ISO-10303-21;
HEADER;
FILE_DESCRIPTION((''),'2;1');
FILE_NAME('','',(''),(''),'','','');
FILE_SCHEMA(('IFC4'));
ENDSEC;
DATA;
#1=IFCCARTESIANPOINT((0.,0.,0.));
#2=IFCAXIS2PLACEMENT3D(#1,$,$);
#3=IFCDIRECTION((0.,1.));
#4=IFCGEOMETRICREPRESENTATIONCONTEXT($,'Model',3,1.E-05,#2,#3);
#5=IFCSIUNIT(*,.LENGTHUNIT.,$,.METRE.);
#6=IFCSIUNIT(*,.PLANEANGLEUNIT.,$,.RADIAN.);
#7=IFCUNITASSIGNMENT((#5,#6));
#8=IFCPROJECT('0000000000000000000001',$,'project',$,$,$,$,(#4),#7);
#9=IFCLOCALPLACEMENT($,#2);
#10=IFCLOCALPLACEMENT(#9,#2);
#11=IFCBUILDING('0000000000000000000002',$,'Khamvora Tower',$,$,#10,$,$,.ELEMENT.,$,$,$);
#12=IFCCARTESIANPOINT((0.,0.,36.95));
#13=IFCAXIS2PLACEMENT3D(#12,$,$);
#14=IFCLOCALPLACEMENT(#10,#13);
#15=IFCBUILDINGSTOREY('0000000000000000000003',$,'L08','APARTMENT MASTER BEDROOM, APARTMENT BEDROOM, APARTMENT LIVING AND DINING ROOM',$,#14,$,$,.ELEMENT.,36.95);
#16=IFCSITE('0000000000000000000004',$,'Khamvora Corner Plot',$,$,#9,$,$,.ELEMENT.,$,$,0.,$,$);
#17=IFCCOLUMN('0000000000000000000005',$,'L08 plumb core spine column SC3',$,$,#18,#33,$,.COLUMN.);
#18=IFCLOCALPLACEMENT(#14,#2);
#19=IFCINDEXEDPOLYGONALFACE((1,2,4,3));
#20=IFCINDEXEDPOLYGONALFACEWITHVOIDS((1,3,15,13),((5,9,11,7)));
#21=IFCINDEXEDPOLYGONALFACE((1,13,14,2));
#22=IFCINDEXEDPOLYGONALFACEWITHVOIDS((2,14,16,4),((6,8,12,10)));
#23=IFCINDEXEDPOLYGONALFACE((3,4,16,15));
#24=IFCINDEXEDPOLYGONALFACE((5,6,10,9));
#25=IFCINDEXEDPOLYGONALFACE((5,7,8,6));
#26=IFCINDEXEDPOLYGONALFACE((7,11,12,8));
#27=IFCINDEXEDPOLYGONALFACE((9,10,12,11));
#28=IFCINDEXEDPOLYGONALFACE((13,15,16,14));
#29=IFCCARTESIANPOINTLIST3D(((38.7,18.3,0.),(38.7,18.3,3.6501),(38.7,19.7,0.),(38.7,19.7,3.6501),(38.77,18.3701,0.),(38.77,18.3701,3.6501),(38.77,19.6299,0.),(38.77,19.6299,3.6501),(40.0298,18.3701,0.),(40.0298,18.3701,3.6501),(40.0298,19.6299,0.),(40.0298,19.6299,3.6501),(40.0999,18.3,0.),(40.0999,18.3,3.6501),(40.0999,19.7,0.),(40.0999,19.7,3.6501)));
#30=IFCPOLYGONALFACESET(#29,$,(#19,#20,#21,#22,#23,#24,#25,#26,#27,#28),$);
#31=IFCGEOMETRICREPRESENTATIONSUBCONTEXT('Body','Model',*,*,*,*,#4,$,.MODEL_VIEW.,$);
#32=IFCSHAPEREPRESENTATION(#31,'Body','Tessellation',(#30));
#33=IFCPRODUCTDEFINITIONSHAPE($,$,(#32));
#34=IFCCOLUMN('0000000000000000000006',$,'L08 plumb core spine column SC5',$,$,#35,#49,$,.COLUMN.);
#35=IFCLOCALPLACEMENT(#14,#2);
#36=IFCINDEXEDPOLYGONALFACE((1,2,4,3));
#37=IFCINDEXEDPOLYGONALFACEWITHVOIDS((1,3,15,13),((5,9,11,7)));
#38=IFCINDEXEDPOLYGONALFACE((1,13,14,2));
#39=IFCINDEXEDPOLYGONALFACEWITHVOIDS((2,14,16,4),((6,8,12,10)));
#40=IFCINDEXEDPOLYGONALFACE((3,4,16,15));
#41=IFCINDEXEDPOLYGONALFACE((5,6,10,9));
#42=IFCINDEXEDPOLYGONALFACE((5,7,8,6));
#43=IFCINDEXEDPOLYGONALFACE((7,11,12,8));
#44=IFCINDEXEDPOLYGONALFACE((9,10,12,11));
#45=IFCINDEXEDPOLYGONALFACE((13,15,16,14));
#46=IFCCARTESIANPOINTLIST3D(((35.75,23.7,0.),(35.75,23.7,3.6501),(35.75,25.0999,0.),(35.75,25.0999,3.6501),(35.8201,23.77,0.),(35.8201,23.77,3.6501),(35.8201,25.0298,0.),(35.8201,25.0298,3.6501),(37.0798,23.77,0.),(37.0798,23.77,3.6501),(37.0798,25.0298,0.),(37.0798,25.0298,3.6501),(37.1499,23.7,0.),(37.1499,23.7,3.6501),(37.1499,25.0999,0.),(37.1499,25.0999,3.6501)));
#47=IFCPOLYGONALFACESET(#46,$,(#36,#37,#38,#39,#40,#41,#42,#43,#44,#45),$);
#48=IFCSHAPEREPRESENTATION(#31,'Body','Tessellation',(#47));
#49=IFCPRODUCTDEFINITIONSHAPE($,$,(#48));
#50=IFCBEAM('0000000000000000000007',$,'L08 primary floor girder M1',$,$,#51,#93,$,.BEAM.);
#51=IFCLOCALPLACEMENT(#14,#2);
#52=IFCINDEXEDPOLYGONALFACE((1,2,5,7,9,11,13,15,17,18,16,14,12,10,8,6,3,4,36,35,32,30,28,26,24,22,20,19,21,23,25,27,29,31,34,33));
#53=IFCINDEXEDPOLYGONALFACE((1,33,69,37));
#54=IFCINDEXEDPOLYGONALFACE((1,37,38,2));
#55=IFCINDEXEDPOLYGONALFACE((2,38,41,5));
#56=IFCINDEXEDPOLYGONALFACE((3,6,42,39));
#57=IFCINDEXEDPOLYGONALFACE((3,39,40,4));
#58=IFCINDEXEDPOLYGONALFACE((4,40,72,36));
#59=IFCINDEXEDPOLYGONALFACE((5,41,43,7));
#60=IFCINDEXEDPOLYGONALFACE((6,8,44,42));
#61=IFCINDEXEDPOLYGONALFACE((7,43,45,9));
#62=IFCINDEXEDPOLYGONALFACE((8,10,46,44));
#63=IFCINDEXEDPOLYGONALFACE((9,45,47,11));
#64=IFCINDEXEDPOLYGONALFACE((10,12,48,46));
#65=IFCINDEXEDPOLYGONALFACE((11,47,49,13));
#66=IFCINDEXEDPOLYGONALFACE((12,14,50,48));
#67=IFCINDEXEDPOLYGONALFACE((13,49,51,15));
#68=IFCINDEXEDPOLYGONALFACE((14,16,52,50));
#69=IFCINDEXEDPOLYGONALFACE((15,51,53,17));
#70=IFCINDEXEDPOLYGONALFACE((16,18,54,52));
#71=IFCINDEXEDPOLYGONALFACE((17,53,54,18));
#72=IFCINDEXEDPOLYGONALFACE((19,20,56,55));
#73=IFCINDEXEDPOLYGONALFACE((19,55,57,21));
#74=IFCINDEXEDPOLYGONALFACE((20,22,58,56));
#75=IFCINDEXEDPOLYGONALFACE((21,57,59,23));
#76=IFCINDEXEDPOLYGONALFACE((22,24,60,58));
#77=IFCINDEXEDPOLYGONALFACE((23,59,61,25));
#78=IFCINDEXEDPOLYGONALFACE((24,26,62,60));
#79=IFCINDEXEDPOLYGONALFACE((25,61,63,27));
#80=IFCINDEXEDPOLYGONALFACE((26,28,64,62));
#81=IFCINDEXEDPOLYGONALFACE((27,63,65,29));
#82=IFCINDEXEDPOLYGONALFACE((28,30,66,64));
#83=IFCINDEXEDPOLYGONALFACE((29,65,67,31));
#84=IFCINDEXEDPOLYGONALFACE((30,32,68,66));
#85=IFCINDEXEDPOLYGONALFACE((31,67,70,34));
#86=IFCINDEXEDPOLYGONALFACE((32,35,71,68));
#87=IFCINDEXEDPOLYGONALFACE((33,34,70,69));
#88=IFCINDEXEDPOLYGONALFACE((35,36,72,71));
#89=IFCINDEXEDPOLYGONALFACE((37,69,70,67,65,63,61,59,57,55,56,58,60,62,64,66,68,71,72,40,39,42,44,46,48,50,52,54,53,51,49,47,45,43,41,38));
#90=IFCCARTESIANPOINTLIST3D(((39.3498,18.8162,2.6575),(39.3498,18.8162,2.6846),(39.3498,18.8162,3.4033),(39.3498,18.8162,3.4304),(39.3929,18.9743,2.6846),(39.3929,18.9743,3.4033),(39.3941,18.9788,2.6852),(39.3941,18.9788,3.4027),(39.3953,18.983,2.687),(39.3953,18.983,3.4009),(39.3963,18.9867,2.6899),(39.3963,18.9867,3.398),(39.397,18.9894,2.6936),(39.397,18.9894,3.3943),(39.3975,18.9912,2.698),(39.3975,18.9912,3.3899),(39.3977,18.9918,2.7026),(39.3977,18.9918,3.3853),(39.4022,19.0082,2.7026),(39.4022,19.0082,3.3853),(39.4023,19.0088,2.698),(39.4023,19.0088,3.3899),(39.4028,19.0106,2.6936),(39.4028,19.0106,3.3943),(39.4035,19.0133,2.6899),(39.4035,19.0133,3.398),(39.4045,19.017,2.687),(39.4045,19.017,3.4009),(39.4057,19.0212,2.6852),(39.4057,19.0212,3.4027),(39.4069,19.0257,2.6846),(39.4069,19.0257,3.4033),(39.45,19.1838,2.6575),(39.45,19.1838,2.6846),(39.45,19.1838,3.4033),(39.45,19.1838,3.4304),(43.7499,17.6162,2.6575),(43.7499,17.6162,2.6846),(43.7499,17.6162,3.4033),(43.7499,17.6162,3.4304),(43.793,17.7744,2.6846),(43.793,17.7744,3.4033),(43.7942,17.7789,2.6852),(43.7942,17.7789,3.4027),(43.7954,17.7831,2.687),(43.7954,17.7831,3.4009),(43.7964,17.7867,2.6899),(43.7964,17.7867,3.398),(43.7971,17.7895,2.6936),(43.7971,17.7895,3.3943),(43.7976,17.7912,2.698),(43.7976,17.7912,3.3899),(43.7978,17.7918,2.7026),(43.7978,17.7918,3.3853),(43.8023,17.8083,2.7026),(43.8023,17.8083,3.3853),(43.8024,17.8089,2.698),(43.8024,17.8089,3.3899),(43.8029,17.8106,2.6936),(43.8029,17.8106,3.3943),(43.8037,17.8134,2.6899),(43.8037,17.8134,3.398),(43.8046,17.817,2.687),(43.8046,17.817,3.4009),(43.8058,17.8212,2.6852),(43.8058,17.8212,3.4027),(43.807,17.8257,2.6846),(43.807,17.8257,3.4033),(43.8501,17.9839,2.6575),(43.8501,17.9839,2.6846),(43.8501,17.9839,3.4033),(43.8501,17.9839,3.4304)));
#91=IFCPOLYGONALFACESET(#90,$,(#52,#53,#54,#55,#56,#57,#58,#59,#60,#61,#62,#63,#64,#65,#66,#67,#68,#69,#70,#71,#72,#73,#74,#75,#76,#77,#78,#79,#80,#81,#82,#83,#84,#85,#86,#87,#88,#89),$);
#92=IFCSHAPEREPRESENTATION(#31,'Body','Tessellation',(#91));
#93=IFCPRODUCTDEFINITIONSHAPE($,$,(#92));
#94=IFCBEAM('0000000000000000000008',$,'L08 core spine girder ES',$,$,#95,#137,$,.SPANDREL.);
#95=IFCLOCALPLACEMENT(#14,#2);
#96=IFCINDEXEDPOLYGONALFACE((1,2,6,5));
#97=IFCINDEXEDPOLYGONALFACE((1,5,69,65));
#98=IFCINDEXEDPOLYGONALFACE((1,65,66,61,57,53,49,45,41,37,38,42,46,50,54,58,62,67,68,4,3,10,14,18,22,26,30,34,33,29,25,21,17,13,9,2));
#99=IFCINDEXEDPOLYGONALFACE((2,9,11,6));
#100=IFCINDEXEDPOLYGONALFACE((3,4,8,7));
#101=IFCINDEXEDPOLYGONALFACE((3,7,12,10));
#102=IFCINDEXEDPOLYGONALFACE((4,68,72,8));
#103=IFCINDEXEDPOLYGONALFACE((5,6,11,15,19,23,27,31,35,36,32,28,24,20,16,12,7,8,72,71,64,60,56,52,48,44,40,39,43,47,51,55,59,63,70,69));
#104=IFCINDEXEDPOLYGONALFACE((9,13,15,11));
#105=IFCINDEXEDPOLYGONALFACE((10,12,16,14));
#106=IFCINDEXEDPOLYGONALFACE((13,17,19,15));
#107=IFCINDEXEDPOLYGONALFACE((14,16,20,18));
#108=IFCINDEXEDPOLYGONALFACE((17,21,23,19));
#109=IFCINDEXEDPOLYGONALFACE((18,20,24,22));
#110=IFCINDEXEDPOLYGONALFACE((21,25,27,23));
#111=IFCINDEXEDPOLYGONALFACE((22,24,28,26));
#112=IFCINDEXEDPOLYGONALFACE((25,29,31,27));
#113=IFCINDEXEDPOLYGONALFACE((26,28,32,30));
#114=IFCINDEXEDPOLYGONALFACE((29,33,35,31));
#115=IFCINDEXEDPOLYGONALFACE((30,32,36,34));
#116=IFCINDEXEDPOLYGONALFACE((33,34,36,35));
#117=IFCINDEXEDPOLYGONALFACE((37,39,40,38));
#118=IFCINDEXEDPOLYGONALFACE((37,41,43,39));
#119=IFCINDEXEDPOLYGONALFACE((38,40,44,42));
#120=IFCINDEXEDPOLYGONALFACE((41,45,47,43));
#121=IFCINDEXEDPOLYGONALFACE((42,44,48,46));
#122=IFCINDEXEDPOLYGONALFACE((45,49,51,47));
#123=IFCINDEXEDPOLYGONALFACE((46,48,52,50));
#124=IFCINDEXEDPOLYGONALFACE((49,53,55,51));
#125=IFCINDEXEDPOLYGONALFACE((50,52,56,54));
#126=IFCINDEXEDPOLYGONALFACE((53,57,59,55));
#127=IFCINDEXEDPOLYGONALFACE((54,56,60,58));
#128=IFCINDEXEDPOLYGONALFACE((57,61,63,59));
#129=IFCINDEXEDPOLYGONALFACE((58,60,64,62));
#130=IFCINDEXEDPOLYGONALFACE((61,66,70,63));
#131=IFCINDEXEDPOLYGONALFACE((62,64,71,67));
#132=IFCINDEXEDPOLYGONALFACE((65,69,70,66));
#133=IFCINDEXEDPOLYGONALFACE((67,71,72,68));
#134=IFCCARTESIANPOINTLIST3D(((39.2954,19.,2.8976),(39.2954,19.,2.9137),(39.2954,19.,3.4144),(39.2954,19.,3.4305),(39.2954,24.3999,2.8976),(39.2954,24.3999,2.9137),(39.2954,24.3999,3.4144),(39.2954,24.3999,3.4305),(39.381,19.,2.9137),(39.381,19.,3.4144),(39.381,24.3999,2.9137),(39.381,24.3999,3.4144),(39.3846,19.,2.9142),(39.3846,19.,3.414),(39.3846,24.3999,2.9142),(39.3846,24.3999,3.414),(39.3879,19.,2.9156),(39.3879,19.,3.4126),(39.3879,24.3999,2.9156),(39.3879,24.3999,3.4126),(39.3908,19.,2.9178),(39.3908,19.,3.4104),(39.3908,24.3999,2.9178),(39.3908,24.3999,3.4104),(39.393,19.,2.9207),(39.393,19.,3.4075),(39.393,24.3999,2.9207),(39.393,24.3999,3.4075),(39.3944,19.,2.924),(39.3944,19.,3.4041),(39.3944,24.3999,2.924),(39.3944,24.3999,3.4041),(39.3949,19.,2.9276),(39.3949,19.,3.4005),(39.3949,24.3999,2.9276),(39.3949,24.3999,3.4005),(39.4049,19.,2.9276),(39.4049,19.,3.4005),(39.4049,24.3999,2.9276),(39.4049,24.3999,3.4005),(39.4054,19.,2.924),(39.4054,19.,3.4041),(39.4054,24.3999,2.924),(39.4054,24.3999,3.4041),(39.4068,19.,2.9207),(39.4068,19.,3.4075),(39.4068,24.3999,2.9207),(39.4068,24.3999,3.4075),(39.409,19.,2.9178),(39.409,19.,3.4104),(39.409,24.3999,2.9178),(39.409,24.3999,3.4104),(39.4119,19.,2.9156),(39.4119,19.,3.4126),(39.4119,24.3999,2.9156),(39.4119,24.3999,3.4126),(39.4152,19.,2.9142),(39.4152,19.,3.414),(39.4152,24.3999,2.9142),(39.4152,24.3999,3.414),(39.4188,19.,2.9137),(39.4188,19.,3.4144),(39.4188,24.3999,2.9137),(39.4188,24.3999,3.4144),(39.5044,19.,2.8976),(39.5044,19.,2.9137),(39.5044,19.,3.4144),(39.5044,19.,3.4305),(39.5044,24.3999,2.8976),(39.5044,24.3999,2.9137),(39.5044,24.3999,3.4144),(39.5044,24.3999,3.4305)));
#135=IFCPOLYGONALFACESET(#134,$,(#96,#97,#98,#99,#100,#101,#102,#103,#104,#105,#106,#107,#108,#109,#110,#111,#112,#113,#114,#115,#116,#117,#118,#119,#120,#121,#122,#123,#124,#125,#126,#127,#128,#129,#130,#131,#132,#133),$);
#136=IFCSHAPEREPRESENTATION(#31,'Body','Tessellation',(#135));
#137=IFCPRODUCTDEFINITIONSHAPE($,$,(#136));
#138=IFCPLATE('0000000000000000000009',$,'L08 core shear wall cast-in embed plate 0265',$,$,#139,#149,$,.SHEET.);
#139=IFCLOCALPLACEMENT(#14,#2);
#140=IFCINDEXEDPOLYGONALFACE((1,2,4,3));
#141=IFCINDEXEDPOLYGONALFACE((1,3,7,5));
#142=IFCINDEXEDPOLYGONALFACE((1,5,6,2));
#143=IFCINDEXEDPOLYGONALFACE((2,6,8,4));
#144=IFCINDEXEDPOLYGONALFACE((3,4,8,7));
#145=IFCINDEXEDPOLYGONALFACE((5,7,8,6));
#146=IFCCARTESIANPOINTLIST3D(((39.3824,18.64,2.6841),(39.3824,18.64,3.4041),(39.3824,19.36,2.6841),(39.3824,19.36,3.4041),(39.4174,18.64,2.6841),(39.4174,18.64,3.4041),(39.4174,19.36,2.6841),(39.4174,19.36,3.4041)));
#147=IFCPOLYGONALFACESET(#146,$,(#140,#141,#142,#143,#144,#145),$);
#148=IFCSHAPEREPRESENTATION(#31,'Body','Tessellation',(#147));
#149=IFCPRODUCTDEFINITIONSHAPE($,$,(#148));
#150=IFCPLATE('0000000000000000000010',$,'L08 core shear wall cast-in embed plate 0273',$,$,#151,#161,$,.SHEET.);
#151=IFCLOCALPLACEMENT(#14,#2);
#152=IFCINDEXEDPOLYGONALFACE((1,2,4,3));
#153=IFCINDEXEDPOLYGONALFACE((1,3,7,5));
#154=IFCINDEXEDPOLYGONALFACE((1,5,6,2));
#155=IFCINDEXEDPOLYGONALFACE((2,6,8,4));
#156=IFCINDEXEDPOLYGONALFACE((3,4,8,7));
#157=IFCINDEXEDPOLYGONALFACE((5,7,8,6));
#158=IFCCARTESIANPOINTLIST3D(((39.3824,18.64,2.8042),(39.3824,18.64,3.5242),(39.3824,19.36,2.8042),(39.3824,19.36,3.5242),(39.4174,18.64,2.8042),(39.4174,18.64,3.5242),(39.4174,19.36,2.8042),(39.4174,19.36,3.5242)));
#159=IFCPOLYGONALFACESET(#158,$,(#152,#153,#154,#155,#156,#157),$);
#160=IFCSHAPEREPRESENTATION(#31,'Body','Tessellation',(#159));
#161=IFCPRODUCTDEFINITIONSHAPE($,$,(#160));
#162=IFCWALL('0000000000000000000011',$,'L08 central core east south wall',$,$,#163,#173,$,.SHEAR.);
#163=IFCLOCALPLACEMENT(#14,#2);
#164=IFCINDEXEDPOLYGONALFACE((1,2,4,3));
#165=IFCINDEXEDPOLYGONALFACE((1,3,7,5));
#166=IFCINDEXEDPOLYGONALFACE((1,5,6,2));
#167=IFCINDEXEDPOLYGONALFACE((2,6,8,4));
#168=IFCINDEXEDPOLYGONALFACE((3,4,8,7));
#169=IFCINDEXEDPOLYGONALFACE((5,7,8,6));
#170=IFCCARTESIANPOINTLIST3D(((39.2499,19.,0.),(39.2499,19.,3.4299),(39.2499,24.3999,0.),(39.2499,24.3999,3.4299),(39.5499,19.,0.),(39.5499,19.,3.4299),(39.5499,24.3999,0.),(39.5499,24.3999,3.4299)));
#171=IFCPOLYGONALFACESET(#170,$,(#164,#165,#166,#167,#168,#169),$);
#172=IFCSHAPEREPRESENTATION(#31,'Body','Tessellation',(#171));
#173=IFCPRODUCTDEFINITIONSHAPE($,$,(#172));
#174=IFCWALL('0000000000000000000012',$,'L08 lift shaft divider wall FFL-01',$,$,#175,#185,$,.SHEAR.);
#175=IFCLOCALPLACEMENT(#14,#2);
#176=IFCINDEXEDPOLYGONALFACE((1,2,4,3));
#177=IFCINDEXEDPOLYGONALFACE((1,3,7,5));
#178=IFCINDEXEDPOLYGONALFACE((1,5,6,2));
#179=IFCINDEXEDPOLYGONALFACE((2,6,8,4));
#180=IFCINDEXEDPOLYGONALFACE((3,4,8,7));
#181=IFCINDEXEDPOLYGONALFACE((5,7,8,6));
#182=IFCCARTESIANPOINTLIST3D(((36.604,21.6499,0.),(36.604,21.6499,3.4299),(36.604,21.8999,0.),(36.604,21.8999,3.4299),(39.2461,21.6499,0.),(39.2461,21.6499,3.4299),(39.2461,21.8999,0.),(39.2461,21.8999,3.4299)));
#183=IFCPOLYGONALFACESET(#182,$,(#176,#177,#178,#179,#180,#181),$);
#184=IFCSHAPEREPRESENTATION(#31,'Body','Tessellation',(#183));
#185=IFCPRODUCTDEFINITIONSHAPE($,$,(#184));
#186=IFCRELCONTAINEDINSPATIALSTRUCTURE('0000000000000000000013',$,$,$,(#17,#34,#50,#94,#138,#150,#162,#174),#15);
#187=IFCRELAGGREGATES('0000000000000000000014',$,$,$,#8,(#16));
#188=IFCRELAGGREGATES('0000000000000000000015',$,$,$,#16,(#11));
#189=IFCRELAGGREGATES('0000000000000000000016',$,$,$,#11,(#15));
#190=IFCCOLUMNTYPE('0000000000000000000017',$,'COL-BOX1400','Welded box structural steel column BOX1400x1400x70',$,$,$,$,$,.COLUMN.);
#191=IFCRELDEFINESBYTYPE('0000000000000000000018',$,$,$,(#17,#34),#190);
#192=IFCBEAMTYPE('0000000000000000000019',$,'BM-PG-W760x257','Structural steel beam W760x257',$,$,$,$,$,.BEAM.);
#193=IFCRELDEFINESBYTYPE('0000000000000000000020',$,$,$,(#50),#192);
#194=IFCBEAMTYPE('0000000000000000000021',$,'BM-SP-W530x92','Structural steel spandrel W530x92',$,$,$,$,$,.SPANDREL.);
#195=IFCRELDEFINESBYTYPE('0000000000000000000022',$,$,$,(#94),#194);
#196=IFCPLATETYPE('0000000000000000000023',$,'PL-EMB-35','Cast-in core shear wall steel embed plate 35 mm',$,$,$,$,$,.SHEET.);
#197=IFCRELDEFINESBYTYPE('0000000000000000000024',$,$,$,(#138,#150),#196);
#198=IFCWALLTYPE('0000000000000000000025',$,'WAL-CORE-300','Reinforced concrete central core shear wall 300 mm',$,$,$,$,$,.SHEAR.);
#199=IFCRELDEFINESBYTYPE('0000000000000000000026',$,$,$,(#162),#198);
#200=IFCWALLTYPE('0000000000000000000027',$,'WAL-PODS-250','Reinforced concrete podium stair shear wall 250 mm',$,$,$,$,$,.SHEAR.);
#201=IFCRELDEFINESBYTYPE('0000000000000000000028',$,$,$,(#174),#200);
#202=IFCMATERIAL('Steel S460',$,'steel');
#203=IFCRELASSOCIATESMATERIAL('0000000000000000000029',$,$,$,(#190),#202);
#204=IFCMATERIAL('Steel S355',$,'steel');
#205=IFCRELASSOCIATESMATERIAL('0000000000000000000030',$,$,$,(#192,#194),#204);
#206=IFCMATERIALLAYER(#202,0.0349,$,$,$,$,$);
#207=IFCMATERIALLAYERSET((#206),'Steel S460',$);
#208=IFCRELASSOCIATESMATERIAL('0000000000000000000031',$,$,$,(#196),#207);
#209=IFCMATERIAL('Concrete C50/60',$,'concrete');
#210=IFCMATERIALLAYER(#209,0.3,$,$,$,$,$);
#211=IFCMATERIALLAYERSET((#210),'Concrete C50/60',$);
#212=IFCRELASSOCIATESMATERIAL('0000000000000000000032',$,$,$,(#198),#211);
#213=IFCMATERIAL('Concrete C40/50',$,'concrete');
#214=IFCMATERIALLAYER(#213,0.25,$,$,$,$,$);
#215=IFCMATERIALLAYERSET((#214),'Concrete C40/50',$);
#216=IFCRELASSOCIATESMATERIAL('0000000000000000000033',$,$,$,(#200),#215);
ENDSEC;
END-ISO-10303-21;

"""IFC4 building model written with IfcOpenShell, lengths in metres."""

from ifc_helpers import new_model, si_unit, direction, frame, frame_2d, origin, origin_2d, place, context, subcontext, project, spatial, rectangle, hollow_rectangle, i_section, extrude, material, layer, layer_set, material_profile, profile_set, type_object, element, save


model = new_model("IFC4")

# Units and contexts
model_context = context("Model", 3, precision=1e-05, world=origin(), true_north=direction((0.0, 1.0)))
body_context = subcontext(model_context, "Body", "Model", "MODEL_VIEW")
ifc_project = project(units=[si_unit("LENGTHUNIT", "METRE"), si_unit("PLANEANGLEUNIT", "RADIAN")], contexts=[model_context])

# Site, building, storey
site_placement = place(None, origin())
site = spatial("IfcSite", under=ifc_project, at=site_placement, Name="Khamvora Corner Plot", CompositionType="ELEMENT", RefElevation=0.0)
building_placement = place(site_placement, origin())
building = spatial("IfcBuilding", under=site, at=building_placement, Name="Khamvora Tower", CompositionType="ELEMENT")
storey_placement = place(building_placement, frame((0.0, 0.0, 36.95)))
storey = spatial("IfcBuildingStorey", under=building, at=storey_placement, Name="L08", Description="APARTMENT MASTER BEDROOM, APARTMENT BEDROOM, APARTMENT LIVING AND DINING ROOM", CompositionType="ELEMENT", Elevation=36.95)

# Columns
ifc_material_1 = material(Name="Steel S460", Category="steel")
ifc_material_profile_1 = material_profile(ifc_material_1, hollow_rectangle(XDim=1.3999, YDim=1.3999, WallThickness=0.0701, at=origin_2d()), Name="BOX1400x1400x70")
ifc_profile_set_1 = profile_set([ifc_material_profile_1], Name="Steel S460")
column_type = type_object("IfcColumnType", Name="COL-BOX1400", Description="Welded box structural steel column BOX1400x1400x70", PredefinedType="COLUMN", material=ifc_profile_set_1)
for number, where, z_axis, x_axis, name in (
    (1, (39.3999, 19.0, 0.0), (0.0, 0.0, 1.0), (1.0, 0.0, 0.0), "L08 plumb core spine column SC3"),
    (2, (36.45, 24.3999, 0.0), (0.0, 0.0, 1.0), (1.0, 0.0, 0.0), "L08 plumb core spine column SC5"),
):
    element("IfcColumn", number, at=place(storey_placement, frame(where, z_axis=z_axis, x_axis=x_axis)), inside=storey, type_object=column_type, Name=name, PredefinedType="COLUMN", context=body_context, shape_type="SweptSolid", body=[
        extrude(hollow_rectangle(XDim=1.3999, YDim=1.3999, WallThickness=0.0701, at=origin_2d()), origin(), (0.0, 0.0, 1.0), 3.6501),
    ])

# Beams
ifc_material_2 = material(Name="Steel S355", Category="steel")
ifc_material_profile_2 = material_profile(ifc_material_2, i_section(OverallWidth=0.3811, OverallDepth=0.7729, WebThickness=0.0171, FlangeThickness=0.0271, FilletRadius=0.0181, at=origin_2d()), Name="W760x257")
ifc_profile_set_2 = profile_set([ifc_material_profile_2], Name="Steel S355")
beam_type_1 = type_object("IfcBeamType", Name="BM-PG-W760x257", Description="Structural steel beam W760x257", PredefinedType="BEAM", material=ifc_profile_set_2)
beam_1_placement = place(storey_placement, frame((39.3999, 19.0, 3.0439), z_axis=(0.964769, -0.263099, 0.0), x_axis=(0.263099, 0.964769, 0.0)))
element("IfcBeam", 3, at=beam_1_placement, inside=storey, type_object=beam_type_1, Name="L08 primary floor girder M1", PredefinedType="BEAM", context=body_context, shape_type="SweptSolid", body=[
    extrude(i_section(OverallWidth=0.3811, OverallDepth=0.7729, WebThickness=0.0171, FlangeThickness=0.0271, FilletRadius=0.0181, at=origin_2d()), origin(), (0.0, 0.0, 1.0), 4.5608),
])
ifc_material_profile_3 = material_profile(ifc_material_2, i_section(OverallWidth=0.209, OverallDepth=0.533, WebThickness=0.01, FlangeThickness=0.0161, FilletRadius=0.0139, at=origin_2d()), Name="W530x92")
ifc_profile_set_3 = profile_set([ifc_material_profile_3], Name="Steel S355")
beam_type_2 = type_object("IfcBeamType", Name="BM-SP-W530x92", Description="Structural steel spandrel W530x92", PredefinedType="SPANDREL", material=ifc_profile_set_3)
beam_2_placement = place(storey_placement, frame((39.3999, 19.0, 3.1641), z_axis=(0.0, 1.0, 0.0), x_axis=(-1.0, 0.0, 0.0)))
element("IfcBeam", 4, at=beam_2_placement, inside=storey, type_object=beam_type_2, Name="L08 core spine girder ES", PredefinedType="SPANDREL", context=body_context, shape_type="SweptSolid", body=[
    extrude(i_section(OverallWidth=0.209, OverallDepth=0.533, WebThickness=0.01, FlangeThickness=0.0161, FilletRadius=0.0139, at=origin_2d()), origin(), (0.0, 0.0, 1.0), 5.3999),
])

# Plates
ifc_layer_1 = layer(ifc_material_1, 0.0349)
ifc_layer_set_1 = layer_set([ifc_layer_1], Name="Steel S460")
plate_type = type_object("IfcPlateType", Name="PL-EMB-35", Description="Cast-in core shear wall steel embed plate 35 mm", PredefinedType="SHEET", material=ifc_layer_set_1)
for number, where, z_axis, x_axis, name in (
    (5, (39.3999, 19.0, 2.6841), (0.0, 0.0, 1.0), (1.0, 0.0, 0.0), "L08 core shear wall cast-in embed plate 0265"),
    (6, (39.3999, 19.0, 2.8042), (0.0, 0.0, 1.0), (1.0, 0.0, 0.0), "L08 core shear wall cast-in embed plate 0273"),
):
    element("IfcPlate", number, at=place(storey_placement, frame(where, z_axis=z_axis, x_axis=x_axis)), inside=storey, type_object=plate_type, Name=name, PredefinedType="SHEET", context=body_context, shape_type="SweptSolid", body=[
        extrude(rectangle(XDim=0.0349, YDim=0.72, at=origin_2d()), origin(), (0.0, 0.0, 1.0), 0.72),
    ])

# Wall
ifc_material_3 = material(Name="Concrete C50/60", Category="concrete")
ifc_layer_2 = layer(ifc_material_3, 0.3)
ifc_layer_set_2 = layer_set([ifc_layer_2], Name="Concrete C50/60")
wall_type_1 = type_object("IfcWallType", Name="WAL-CORE-300", Description="Reinforced concrete central core shear wall 300 mm", PredefinedType="SHEAR", material=ifc_layer_set_2)
wall_1_placement = place(storey_placement, frame((39.3999, 19.0, 0.0), z_axis=(0.0, 0.0, 1.0), x_axis=(0.0, 1.0, 0.0)))
element("IfcWall", 7, at=wall_1_placement, inside=storey, type_object=wall_type_1, Name="L08 central core east south wall", PredefinedType="SHEAR", context=body_context, shape_type="SweptSolid", body=[
    extrude(rectangle(XDim=5.3999, YDim=0.3, at=frame_2d((2.7, 0.0))), origin(), (0.0, 0.0, 1.0), 3.4299),
])

# Wall
ifc_material_4 = material(Name="Concrete C40/50", Category="concrete")
ifc_layer_3 = layer(ifc_material_4, 0.25)
ifc_layer_set_3 = layer_set([ifc_layer_3], Name="Concrete C40/50")
wall_type_2 = type_object("IfcWallType", Name="WAL-PODS-250", Description="Reinforced concrete podium stair shear wall 250 mm", PredefinedType="SHEAR", material=ifc_layer_set_3)
for number, where, z_axis, x_axis, name in (
    (8, (36.604, 21.7749, 0.0), (0.0, 0.0, 1.0), (1.0, 0.0, 0.0), "L08 lift shaft divider wall FFL-01"),
):
    element("IfcWall", number, at=place(storey_placement, frame(where, z_axis=z_axis, x_axis=x_axis)), inside=storey, type_object=wall_type_2, Name=name, PredefinedType="SHEAR", context=body_context, shape_type="SweptSolid", body=[
        extrude(rectangle(XDim=2.6421, YDim=0.25, at=frame_2d((1.321, 0.0))), origin(), (0.0, 0.0, 1.0), 3.4299),
    ])

save(model, "model.ifc")
